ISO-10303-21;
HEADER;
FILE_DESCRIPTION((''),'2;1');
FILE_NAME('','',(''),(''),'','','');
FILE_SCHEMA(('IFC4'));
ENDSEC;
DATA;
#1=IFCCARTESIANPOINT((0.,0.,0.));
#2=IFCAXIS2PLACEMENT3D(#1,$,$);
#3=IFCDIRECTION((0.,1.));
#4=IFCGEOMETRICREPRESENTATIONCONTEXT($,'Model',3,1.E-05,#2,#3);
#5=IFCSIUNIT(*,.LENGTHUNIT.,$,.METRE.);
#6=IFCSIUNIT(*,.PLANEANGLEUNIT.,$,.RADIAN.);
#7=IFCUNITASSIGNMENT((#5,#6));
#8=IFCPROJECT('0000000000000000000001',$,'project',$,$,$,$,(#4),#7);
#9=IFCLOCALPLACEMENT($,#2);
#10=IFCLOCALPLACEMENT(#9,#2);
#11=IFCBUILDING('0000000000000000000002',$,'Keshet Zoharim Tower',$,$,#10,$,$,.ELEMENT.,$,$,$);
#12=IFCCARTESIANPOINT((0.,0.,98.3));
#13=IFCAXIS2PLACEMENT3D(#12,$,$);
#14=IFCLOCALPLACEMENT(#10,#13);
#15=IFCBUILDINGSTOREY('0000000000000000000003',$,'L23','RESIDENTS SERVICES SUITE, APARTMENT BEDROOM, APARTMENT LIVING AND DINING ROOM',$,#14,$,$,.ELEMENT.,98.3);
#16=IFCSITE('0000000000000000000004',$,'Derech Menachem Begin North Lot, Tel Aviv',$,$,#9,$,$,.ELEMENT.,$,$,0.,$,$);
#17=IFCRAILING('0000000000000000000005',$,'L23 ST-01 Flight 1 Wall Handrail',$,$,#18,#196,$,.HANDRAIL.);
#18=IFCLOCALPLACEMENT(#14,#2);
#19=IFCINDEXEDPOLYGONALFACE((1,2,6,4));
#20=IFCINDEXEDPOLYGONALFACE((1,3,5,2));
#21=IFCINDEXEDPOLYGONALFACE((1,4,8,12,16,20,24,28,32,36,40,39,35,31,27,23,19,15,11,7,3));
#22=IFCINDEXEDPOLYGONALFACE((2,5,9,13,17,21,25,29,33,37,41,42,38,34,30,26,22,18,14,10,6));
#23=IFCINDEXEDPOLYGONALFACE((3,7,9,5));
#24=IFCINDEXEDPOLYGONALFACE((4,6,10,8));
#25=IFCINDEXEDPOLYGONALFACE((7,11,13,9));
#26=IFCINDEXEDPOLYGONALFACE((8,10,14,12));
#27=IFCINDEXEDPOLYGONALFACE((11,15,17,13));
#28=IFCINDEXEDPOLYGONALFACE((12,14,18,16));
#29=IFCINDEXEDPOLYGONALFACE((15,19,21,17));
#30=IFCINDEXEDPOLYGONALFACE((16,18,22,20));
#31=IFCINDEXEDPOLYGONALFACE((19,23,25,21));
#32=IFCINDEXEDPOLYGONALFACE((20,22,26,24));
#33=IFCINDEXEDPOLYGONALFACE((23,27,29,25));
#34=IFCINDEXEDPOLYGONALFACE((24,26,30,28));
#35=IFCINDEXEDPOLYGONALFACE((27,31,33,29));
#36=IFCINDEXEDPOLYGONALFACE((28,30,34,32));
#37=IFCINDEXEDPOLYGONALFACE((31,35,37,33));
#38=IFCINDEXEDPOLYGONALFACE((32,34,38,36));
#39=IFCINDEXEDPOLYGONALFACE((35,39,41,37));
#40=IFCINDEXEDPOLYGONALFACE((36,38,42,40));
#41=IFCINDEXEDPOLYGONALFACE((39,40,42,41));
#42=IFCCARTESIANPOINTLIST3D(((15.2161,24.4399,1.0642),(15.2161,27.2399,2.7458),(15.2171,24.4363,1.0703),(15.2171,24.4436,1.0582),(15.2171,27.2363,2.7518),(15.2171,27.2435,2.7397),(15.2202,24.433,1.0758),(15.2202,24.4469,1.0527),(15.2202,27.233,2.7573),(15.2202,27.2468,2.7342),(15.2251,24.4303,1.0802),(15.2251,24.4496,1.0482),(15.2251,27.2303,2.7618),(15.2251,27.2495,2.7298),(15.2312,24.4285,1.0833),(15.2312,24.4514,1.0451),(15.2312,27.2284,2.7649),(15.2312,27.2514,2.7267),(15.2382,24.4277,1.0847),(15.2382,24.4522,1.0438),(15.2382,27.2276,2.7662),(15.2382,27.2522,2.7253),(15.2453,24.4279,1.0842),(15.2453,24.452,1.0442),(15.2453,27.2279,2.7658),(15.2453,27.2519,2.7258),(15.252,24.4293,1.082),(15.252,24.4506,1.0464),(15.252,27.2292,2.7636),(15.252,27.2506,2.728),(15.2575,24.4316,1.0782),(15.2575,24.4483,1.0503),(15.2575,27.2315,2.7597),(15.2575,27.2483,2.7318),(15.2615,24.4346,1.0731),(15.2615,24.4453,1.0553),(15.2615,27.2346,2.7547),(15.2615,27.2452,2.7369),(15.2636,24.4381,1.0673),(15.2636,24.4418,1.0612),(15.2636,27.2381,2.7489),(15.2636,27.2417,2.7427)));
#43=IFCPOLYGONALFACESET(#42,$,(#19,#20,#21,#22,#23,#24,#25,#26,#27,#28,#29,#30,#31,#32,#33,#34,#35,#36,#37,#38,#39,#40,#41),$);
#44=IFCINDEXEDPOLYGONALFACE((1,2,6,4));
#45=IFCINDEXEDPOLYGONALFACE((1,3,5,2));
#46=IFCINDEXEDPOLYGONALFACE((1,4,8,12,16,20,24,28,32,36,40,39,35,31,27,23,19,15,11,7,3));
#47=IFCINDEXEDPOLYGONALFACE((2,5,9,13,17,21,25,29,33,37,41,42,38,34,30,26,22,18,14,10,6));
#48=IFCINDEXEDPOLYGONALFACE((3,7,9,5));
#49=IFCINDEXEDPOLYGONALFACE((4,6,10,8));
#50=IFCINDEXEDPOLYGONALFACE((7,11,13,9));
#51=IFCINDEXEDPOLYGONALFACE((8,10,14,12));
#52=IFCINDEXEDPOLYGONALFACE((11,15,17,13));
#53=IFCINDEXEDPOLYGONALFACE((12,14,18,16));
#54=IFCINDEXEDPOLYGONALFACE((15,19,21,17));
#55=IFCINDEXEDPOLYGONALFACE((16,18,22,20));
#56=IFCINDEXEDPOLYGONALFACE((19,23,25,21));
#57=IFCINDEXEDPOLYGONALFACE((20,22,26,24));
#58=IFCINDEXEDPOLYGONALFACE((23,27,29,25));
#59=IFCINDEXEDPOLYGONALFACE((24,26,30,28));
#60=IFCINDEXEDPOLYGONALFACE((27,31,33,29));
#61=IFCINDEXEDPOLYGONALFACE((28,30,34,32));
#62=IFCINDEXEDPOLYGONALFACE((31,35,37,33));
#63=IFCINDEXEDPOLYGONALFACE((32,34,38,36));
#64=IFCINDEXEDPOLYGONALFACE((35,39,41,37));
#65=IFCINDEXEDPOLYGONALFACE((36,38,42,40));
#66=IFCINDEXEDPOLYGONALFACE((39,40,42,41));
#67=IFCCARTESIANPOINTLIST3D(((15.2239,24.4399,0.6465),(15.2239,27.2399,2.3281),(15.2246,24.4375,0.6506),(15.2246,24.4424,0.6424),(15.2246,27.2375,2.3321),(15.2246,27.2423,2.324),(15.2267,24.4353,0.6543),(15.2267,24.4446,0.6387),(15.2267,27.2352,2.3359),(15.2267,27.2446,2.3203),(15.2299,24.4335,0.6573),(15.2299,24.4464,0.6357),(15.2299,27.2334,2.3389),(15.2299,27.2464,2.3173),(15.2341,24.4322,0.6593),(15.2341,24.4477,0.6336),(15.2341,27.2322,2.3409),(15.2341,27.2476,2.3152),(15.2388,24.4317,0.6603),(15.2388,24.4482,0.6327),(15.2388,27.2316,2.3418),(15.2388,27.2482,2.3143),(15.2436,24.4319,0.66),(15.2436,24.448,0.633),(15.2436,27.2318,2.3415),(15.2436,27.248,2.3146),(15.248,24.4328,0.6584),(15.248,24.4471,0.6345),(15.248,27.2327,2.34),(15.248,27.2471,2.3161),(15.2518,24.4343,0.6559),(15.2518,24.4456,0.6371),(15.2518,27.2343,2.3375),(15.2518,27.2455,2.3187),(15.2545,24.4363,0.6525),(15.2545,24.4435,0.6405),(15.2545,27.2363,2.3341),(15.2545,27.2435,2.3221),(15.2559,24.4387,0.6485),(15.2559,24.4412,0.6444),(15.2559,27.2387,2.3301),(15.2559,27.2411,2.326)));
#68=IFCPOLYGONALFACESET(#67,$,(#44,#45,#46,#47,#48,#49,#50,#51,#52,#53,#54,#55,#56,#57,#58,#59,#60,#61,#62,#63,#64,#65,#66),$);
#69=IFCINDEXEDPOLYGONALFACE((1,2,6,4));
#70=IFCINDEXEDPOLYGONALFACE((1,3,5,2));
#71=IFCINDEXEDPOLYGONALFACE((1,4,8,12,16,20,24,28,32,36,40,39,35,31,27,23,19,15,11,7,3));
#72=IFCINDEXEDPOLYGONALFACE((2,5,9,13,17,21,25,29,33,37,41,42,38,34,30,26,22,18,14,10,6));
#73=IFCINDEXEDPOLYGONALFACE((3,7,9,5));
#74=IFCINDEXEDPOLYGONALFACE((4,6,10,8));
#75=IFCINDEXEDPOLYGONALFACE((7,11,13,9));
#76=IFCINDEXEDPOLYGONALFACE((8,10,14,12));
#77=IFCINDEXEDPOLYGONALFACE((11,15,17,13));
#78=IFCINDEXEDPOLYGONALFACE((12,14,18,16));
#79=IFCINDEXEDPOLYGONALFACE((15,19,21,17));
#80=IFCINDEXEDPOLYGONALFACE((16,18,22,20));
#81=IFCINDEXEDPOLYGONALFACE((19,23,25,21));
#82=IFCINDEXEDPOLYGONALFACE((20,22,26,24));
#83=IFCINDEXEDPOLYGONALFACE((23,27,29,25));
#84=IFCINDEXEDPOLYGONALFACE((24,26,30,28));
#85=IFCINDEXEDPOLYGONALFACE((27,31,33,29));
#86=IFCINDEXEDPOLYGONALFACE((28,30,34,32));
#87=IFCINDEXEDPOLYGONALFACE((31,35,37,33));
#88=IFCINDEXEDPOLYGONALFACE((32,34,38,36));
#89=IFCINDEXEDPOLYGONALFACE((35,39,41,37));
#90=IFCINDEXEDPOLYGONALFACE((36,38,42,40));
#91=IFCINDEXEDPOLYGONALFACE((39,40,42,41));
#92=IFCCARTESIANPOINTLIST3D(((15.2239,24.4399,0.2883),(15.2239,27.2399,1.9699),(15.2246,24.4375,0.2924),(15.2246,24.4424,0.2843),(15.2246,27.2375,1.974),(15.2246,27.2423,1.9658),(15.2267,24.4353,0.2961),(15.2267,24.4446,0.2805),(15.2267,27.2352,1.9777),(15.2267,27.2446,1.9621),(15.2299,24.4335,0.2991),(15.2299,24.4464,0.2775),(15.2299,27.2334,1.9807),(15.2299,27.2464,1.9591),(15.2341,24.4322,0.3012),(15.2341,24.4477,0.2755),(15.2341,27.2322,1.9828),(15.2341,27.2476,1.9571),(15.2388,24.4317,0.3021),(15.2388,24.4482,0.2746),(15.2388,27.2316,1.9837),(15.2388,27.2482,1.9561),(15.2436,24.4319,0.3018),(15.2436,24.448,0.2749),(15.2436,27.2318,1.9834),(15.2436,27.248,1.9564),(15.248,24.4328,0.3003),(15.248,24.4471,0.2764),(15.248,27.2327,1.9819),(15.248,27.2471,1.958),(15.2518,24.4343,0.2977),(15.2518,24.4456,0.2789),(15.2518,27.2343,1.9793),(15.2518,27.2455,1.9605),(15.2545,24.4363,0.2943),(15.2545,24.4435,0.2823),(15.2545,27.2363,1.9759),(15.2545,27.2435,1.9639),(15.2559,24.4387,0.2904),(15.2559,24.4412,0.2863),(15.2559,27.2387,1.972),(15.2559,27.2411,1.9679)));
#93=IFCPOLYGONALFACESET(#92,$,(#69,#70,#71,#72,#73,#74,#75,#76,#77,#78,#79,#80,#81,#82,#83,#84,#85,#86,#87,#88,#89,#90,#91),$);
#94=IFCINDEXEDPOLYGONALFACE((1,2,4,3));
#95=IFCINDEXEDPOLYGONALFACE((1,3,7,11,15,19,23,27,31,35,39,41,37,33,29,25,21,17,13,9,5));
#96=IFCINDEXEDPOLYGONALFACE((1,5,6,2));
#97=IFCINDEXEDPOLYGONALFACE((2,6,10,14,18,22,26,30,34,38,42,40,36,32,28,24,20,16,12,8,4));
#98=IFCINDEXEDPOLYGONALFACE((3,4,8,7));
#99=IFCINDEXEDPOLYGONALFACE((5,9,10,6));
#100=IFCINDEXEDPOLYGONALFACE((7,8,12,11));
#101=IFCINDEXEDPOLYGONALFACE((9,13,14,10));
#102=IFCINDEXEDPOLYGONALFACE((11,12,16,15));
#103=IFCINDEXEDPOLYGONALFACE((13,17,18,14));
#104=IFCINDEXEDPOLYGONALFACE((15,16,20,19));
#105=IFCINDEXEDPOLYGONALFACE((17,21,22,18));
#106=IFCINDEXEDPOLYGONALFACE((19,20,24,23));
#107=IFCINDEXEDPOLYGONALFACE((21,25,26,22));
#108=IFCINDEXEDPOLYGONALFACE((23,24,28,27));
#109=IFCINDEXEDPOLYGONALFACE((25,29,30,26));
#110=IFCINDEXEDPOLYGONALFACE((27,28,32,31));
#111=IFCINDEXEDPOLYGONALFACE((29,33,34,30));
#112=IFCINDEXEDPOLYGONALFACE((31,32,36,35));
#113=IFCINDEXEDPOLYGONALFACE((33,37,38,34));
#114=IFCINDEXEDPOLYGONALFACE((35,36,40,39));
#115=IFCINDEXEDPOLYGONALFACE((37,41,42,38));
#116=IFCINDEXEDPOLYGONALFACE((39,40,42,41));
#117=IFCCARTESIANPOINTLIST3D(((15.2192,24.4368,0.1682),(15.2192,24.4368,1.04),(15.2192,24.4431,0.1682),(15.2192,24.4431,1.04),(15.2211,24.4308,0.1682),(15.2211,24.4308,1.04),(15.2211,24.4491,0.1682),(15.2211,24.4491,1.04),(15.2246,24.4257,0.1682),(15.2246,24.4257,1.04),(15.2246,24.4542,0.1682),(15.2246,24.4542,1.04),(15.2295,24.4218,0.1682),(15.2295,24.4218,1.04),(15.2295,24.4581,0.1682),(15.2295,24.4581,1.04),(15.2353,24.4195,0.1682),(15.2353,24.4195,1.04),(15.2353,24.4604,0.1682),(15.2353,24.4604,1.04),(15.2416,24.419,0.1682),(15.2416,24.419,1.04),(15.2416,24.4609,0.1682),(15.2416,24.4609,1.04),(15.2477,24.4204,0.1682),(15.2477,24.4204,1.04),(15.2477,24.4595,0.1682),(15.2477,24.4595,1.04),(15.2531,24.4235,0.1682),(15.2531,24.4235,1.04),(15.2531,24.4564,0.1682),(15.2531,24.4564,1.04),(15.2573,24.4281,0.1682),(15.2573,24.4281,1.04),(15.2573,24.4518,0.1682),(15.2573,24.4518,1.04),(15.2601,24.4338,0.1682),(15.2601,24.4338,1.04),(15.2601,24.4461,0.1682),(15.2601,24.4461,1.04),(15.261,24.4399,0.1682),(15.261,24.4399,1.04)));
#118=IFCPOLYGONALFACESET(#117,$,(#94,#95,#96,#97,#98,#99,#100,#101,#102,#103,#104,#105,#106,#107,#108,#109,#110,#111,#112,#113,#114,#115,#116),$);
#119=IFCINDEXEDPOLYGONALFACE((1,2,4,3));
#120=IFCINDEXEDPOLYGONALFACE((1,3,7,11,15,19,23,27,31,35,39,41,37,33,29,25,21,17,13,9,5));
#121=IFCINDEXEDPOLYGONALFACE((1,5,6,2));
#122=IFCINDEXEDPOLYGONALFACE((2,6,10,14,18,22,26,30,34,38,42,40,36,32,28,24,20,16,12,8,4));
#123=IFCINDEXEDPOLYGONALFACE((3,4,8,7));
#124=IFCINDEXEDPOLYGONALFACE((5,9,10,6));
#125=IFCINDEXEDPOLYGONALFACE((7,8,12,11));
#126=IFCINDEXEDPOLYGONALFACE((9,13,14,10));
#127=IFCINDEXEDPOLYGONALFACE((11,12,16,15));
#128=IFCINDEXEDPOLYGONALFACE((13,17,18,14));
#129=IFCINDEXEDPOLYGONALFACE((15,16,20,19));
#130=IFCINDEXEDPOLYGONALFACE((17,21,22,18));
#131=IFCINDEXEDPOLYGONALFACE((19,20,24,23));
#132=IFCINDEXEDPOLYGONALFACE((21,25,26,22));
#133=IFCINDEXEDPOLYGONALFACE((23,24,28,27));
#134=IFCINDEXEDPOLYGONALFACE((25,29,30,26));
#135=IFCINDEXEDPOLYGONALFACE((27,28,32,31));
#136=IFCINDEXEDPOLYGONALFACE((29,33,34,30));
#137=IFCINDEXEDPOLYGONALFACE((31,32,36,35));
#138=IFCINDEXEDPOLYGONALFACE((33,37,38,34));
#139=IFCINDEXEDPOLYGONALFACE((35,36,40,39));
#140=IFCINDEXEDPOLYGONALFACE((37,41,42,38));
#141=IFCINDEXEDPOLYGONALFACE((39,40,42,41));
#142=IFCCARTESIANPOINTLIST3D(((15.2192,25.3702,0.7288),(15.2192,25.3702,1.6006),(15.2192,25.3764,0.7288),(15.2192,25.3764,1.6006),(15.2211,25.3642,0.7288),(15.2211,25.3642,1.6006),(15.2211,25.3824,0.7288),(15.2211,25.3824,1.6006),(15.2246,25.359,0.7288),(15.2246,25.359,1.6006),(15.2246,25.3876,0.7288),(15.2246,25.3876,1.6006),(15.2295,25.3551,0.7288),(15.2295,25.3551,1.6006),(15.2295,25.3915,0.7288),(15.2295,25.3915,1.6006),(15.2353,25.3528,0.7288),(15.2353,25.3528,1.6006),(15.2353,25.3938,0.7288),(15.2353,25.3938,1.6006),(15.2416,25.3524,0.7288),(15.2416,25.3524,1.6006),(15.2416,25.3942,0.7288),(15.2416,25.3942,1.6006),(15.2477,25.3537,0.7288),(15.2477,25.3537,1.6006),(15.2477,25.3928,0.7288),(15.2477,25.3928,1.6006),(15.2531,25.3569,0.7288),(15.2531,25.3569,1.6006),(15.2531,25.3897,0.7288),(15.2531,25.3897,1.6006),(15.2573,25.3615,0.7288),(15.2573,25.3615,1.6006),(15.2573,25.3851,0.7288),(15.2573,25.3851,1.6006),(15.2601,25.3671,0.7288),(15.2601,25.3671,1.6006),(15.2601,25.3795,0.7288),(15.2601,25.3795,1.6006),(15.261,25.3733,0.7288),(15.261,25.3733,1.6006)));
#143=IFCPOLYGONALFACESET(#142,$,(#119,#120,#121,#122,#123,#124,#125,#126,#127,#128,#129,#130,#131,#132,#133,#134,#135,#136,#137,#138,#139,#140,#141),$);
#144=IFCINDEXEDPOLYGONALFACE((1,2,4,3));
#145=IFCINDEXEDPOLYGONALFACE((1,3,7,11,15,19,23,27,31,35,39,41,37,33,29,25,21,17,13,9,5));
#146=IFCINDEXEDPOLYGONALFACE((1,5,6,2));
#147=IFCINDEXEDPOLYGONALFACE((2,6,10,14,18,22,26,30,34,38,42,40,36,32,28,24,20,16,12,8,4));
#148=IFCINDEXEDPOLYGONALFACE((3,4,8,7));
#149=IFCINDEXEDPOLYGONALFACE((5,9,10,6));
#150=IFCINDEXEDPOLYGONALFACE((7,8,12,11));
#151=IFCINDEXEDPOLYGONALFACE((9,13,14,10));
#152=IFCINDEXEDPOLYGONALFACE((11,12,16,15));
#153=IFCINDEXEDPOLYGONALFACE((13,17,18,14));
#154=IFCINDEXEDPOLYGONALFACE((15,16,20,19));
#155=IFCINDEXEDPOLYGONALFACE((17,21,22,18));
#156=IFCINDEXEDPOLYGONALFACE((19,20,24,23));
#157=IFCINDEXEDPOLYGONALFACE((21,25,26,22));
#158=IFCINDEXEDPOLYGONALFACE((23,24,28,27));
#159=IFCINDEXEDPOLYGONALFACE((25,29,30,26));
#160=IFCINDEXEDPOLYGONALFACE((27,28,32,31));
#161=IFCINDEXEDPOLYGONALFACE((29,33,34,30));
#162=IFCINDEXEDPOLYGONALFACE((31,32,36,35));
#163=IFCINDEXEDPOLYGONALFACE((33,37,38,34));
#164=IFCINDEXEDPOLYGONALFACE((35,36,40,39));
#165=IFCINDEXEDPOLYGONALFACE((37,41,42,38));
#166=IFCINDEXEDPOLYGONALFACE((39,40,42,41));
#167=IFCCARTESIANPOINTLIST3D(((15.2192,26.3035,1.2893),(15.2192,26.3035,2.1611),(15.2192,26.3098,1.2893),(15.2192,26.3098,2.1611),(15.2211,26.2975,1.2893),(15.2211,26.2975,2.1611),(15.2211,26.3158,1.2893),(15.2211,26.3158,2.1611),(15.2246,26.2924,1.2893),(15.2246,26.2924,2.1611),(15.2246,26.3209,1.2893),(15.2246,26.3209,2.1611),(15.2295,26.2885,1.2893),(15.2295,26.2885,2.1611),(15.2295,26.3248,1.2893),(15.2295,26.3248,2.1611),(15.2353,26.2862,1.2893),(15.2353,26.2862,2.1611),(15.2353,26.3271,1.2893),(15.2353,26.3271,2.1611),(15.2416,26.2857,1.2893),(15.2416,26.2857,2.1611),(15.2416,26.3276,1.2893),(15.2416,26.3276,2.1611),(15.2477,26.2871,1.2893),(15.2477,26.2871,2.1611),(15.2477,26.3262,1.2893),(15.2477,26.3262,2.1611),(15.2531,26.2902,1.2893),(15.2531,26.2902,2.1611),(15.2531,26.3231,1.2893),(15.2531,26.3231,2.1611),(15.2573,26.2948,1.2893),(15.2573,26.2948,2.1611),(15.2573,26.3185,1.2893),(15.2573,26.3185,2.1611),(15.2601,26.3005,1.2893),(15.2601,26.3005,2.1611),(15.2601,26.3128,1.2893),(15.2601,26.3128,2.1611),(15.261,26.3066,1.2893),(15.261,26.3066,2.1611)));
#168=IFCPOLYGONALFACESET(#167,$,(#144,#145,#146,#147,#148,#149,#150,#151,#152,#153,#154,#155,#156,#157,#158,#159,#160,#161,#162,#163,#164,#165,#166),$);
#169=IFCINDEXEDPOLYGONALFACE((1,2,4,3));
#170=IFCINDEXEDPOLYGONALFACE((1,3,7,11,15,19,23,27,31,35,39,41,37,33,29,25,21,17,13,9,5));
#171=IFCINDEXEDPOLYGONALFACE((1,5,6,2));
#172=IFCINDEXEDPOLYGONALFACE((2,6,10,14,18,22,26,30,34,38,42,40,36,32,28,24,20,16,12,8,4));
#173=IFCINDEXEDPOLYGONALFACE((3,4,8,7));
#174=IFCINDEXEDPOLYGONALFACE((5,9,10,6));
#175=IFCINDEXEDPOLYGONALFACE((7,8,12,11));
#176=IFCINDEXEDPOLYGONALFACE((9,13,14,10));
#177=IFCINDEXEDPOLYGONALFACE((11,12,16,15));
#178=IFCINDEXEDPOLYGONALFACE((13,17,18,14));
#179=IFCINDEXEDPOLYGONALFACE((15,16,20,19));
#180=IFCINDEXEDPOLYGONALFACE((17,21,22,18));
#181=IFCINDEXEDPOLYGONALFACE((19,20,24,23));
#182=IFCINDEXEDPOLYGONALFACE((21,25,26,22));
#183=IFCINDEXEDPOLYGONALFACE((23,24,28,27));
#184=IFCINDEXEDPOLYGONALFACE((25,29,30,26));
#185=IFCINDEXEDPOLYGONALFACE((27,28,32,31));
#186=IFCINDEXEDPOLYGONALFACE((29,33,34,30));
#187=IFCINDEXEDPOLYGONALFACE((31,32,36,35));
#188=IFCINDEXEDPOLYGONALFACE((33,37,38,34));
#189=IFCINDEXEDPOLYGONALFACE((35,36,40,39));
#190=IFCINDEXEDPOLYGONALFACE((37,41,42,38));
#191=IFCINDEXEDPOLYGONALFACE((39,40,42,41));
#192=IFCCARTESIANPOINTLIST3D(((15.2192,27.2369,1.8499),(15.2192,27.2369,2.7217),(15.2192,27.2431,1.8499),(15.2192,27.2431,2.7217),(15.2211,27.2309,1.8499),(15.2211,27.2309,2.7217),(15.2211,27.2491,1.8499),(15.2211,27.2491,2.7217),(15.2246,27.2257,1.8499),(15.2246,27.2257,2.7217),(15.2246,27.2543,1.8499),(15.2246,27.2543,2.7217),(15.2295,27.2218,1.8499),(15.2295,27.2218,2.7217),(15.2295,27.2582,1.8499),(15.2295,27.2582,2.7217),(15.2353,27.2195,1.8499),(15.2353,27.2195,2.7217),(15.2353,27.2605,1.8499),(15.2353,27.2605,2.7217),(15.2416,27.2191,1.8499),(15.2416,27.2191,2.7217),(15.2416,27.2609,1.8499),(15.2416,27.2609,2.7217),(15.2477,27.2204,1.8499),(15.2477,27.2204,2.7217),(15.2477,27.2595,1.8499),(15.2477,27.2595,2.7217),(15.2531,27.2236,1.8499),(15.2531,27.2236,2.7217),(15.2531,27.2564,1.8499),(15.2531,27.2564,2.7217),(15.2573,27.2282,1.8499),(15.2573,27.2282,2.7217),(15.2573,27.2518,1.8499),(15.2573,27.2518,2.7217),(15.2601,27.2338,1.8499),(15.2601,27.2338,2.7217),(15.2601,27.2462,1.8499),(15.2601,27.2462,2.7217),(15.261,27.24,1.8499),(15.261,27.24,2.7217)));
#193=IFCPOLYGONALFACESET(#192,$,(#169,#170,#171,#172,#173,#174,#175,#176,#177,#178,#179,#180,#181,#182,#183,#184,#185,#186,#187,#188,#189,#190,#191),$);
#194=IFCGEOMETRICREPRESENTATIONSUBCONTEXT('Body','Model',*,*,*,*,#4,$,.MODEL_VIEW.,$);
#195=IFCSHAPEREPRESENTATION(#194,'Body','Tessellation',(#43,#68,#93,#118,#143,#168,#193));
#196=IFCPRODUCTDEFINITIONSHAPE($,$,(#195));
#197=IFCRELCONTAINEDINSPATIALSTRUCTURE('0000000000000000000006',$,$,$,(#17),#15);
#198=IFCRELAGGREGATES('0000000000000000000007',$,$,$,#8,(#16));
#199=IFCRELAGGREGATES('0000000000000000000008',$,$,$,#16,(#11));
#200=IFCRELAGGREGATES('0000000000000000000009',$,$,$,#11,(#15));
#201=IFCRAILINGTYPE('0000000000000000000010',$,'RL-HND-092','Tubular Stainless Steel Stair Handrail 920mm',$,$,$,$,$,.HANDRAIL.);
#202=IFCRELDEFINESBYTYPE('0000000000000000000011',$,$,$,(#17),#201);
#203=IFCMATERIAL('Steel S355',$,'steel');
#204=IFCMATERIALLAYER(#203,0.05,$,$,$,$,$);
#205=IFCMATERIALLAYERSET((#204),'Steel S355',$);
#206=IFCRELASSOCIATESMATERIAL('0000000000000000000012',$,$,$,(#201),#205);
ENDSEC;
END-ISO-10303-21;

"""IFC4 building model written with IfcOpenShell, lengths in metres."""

from ifc_helpers import new_model, si_unit, direction, frame, origin, origin_2d, place, context, subcontext, project, spatial, circle, extrude, material, layer, layer_set, type_object, element, save


model = new_model("IFC4")

# Units and contexts
model_context = context("Model", 3, precision=1e-05, world=origin(), true_north=direction((0.0, 1.0)))
body_context = subcontext(model_context, "Body", "Model", "MODEL_VIEW")
ifc_project = project(units=[si_unit("LENGTHUNIT", "METRE"), si_unit("PLANEANGLEUNIT", "RADIAN")], contexts=[model_context])

# Site, building, storey
site_placement = place(None, origin())
site = spatial("IfcSite", under=ifc_project, at=site_placement, Name="Derech Menachem Begin North Lot, Tel Aviv", CompositionType="ELEMENT", RefElevation=0.0)
building_placement = place(site_placement, origin())
building = spatial("IfcBuilding", under=site, at=building_placement, Name="Keshet Zoharim Tower", CompositionType="ELEMENT")
storey_placement = place(building_placement, frame((0.0, 0.0, 98.3)))
storey = spatial("IfcBuildingStorey", under=building, at=storey_placement, Name="L23", Description="RESIDENTS SERVICES SUITE, APARTMENT BEDROOM, APARTMENT LIVING AND DINING ROOM", CompositionType="ELEMENT", Elevation=98.3)

# Railing
ifc_material_1 = material(Name="Steel S355", Category="steel")
ifc_layer_1 = layer(ifc_material_1, 0.05)
ifc_layer_set_1 = layer_set([ifc_layer_1], Name="Steel S355")
railing_type_1 = type_object("IfcRailingType", Name="RL-HND-092", Description="Tubular Stainless Steel Stair Handrail 920mm", PredefinedType="HANDRAIL", material=ifc_layer_set_1)
railing_1_placement = place(storey_placement, frame((15.24, 24.4399, 0.1682)))
element("IfcRailing", 1, at=railing_1_placement, inside=storey, type_object=railing_type_1, Name="L23 ST-01 Flight 1 Wall Handrail", PredefinedType="HANDRAIL", context=body_context, shape_type="SweptSolid", body=[
    extrude(circle(Radius=0.0239, at=origin_2d()), frame((0.0, 0.0, 0.896), z_axis=(0.0, 0.857275, 0.514858), x_axis=(-1.0, 0.0, 0.0)), (0.0, 0.0, 1.0), 3.2661),
    extrude(circle(Radius=0.0161, at=origin_2d()), frame((0.0, 0.0, 0.4783), z_axis=(0.0, 0.857275, 0.514858), x_axis=(-1.0, 0.0, 0.0)), (0.0, 0.0, 1.0), 3.2661),
    extrude(circle(Radius=0.0161, at=origin_2d()), frame((0.0, 0.0, 0.1201), z_axis=(0.0, 0.857275, 0.514858), x_axis=(-1.0, 0.0, 0.0)), (0.0, 0.0, 1.0), 3.2661),
    extrude(circle(Radius=0.021, at=origin_2d()), origin(), (0.0, 0.0, 1.0), 0.8718),
    extrude(circle(Radius=0.021, at=origin_2d()), frame((0.0, 0.9333, 0.5605)), (0.0, 0.0, 1.0), 0.8718),
    extrude(circle(Radius=0.021, at=origin_2d()), frame((0.0, 1.8667, 1.1211)), (0.0, 0.0, 1.0), 0.8718),
    extrude(circle(Radius=0.021, at=origin_2d()), frame((0.0, 2.8, 1.6816)), (0.0, 0.0, 1.0), 0.8718),
])

save(model, "model.ifc")
